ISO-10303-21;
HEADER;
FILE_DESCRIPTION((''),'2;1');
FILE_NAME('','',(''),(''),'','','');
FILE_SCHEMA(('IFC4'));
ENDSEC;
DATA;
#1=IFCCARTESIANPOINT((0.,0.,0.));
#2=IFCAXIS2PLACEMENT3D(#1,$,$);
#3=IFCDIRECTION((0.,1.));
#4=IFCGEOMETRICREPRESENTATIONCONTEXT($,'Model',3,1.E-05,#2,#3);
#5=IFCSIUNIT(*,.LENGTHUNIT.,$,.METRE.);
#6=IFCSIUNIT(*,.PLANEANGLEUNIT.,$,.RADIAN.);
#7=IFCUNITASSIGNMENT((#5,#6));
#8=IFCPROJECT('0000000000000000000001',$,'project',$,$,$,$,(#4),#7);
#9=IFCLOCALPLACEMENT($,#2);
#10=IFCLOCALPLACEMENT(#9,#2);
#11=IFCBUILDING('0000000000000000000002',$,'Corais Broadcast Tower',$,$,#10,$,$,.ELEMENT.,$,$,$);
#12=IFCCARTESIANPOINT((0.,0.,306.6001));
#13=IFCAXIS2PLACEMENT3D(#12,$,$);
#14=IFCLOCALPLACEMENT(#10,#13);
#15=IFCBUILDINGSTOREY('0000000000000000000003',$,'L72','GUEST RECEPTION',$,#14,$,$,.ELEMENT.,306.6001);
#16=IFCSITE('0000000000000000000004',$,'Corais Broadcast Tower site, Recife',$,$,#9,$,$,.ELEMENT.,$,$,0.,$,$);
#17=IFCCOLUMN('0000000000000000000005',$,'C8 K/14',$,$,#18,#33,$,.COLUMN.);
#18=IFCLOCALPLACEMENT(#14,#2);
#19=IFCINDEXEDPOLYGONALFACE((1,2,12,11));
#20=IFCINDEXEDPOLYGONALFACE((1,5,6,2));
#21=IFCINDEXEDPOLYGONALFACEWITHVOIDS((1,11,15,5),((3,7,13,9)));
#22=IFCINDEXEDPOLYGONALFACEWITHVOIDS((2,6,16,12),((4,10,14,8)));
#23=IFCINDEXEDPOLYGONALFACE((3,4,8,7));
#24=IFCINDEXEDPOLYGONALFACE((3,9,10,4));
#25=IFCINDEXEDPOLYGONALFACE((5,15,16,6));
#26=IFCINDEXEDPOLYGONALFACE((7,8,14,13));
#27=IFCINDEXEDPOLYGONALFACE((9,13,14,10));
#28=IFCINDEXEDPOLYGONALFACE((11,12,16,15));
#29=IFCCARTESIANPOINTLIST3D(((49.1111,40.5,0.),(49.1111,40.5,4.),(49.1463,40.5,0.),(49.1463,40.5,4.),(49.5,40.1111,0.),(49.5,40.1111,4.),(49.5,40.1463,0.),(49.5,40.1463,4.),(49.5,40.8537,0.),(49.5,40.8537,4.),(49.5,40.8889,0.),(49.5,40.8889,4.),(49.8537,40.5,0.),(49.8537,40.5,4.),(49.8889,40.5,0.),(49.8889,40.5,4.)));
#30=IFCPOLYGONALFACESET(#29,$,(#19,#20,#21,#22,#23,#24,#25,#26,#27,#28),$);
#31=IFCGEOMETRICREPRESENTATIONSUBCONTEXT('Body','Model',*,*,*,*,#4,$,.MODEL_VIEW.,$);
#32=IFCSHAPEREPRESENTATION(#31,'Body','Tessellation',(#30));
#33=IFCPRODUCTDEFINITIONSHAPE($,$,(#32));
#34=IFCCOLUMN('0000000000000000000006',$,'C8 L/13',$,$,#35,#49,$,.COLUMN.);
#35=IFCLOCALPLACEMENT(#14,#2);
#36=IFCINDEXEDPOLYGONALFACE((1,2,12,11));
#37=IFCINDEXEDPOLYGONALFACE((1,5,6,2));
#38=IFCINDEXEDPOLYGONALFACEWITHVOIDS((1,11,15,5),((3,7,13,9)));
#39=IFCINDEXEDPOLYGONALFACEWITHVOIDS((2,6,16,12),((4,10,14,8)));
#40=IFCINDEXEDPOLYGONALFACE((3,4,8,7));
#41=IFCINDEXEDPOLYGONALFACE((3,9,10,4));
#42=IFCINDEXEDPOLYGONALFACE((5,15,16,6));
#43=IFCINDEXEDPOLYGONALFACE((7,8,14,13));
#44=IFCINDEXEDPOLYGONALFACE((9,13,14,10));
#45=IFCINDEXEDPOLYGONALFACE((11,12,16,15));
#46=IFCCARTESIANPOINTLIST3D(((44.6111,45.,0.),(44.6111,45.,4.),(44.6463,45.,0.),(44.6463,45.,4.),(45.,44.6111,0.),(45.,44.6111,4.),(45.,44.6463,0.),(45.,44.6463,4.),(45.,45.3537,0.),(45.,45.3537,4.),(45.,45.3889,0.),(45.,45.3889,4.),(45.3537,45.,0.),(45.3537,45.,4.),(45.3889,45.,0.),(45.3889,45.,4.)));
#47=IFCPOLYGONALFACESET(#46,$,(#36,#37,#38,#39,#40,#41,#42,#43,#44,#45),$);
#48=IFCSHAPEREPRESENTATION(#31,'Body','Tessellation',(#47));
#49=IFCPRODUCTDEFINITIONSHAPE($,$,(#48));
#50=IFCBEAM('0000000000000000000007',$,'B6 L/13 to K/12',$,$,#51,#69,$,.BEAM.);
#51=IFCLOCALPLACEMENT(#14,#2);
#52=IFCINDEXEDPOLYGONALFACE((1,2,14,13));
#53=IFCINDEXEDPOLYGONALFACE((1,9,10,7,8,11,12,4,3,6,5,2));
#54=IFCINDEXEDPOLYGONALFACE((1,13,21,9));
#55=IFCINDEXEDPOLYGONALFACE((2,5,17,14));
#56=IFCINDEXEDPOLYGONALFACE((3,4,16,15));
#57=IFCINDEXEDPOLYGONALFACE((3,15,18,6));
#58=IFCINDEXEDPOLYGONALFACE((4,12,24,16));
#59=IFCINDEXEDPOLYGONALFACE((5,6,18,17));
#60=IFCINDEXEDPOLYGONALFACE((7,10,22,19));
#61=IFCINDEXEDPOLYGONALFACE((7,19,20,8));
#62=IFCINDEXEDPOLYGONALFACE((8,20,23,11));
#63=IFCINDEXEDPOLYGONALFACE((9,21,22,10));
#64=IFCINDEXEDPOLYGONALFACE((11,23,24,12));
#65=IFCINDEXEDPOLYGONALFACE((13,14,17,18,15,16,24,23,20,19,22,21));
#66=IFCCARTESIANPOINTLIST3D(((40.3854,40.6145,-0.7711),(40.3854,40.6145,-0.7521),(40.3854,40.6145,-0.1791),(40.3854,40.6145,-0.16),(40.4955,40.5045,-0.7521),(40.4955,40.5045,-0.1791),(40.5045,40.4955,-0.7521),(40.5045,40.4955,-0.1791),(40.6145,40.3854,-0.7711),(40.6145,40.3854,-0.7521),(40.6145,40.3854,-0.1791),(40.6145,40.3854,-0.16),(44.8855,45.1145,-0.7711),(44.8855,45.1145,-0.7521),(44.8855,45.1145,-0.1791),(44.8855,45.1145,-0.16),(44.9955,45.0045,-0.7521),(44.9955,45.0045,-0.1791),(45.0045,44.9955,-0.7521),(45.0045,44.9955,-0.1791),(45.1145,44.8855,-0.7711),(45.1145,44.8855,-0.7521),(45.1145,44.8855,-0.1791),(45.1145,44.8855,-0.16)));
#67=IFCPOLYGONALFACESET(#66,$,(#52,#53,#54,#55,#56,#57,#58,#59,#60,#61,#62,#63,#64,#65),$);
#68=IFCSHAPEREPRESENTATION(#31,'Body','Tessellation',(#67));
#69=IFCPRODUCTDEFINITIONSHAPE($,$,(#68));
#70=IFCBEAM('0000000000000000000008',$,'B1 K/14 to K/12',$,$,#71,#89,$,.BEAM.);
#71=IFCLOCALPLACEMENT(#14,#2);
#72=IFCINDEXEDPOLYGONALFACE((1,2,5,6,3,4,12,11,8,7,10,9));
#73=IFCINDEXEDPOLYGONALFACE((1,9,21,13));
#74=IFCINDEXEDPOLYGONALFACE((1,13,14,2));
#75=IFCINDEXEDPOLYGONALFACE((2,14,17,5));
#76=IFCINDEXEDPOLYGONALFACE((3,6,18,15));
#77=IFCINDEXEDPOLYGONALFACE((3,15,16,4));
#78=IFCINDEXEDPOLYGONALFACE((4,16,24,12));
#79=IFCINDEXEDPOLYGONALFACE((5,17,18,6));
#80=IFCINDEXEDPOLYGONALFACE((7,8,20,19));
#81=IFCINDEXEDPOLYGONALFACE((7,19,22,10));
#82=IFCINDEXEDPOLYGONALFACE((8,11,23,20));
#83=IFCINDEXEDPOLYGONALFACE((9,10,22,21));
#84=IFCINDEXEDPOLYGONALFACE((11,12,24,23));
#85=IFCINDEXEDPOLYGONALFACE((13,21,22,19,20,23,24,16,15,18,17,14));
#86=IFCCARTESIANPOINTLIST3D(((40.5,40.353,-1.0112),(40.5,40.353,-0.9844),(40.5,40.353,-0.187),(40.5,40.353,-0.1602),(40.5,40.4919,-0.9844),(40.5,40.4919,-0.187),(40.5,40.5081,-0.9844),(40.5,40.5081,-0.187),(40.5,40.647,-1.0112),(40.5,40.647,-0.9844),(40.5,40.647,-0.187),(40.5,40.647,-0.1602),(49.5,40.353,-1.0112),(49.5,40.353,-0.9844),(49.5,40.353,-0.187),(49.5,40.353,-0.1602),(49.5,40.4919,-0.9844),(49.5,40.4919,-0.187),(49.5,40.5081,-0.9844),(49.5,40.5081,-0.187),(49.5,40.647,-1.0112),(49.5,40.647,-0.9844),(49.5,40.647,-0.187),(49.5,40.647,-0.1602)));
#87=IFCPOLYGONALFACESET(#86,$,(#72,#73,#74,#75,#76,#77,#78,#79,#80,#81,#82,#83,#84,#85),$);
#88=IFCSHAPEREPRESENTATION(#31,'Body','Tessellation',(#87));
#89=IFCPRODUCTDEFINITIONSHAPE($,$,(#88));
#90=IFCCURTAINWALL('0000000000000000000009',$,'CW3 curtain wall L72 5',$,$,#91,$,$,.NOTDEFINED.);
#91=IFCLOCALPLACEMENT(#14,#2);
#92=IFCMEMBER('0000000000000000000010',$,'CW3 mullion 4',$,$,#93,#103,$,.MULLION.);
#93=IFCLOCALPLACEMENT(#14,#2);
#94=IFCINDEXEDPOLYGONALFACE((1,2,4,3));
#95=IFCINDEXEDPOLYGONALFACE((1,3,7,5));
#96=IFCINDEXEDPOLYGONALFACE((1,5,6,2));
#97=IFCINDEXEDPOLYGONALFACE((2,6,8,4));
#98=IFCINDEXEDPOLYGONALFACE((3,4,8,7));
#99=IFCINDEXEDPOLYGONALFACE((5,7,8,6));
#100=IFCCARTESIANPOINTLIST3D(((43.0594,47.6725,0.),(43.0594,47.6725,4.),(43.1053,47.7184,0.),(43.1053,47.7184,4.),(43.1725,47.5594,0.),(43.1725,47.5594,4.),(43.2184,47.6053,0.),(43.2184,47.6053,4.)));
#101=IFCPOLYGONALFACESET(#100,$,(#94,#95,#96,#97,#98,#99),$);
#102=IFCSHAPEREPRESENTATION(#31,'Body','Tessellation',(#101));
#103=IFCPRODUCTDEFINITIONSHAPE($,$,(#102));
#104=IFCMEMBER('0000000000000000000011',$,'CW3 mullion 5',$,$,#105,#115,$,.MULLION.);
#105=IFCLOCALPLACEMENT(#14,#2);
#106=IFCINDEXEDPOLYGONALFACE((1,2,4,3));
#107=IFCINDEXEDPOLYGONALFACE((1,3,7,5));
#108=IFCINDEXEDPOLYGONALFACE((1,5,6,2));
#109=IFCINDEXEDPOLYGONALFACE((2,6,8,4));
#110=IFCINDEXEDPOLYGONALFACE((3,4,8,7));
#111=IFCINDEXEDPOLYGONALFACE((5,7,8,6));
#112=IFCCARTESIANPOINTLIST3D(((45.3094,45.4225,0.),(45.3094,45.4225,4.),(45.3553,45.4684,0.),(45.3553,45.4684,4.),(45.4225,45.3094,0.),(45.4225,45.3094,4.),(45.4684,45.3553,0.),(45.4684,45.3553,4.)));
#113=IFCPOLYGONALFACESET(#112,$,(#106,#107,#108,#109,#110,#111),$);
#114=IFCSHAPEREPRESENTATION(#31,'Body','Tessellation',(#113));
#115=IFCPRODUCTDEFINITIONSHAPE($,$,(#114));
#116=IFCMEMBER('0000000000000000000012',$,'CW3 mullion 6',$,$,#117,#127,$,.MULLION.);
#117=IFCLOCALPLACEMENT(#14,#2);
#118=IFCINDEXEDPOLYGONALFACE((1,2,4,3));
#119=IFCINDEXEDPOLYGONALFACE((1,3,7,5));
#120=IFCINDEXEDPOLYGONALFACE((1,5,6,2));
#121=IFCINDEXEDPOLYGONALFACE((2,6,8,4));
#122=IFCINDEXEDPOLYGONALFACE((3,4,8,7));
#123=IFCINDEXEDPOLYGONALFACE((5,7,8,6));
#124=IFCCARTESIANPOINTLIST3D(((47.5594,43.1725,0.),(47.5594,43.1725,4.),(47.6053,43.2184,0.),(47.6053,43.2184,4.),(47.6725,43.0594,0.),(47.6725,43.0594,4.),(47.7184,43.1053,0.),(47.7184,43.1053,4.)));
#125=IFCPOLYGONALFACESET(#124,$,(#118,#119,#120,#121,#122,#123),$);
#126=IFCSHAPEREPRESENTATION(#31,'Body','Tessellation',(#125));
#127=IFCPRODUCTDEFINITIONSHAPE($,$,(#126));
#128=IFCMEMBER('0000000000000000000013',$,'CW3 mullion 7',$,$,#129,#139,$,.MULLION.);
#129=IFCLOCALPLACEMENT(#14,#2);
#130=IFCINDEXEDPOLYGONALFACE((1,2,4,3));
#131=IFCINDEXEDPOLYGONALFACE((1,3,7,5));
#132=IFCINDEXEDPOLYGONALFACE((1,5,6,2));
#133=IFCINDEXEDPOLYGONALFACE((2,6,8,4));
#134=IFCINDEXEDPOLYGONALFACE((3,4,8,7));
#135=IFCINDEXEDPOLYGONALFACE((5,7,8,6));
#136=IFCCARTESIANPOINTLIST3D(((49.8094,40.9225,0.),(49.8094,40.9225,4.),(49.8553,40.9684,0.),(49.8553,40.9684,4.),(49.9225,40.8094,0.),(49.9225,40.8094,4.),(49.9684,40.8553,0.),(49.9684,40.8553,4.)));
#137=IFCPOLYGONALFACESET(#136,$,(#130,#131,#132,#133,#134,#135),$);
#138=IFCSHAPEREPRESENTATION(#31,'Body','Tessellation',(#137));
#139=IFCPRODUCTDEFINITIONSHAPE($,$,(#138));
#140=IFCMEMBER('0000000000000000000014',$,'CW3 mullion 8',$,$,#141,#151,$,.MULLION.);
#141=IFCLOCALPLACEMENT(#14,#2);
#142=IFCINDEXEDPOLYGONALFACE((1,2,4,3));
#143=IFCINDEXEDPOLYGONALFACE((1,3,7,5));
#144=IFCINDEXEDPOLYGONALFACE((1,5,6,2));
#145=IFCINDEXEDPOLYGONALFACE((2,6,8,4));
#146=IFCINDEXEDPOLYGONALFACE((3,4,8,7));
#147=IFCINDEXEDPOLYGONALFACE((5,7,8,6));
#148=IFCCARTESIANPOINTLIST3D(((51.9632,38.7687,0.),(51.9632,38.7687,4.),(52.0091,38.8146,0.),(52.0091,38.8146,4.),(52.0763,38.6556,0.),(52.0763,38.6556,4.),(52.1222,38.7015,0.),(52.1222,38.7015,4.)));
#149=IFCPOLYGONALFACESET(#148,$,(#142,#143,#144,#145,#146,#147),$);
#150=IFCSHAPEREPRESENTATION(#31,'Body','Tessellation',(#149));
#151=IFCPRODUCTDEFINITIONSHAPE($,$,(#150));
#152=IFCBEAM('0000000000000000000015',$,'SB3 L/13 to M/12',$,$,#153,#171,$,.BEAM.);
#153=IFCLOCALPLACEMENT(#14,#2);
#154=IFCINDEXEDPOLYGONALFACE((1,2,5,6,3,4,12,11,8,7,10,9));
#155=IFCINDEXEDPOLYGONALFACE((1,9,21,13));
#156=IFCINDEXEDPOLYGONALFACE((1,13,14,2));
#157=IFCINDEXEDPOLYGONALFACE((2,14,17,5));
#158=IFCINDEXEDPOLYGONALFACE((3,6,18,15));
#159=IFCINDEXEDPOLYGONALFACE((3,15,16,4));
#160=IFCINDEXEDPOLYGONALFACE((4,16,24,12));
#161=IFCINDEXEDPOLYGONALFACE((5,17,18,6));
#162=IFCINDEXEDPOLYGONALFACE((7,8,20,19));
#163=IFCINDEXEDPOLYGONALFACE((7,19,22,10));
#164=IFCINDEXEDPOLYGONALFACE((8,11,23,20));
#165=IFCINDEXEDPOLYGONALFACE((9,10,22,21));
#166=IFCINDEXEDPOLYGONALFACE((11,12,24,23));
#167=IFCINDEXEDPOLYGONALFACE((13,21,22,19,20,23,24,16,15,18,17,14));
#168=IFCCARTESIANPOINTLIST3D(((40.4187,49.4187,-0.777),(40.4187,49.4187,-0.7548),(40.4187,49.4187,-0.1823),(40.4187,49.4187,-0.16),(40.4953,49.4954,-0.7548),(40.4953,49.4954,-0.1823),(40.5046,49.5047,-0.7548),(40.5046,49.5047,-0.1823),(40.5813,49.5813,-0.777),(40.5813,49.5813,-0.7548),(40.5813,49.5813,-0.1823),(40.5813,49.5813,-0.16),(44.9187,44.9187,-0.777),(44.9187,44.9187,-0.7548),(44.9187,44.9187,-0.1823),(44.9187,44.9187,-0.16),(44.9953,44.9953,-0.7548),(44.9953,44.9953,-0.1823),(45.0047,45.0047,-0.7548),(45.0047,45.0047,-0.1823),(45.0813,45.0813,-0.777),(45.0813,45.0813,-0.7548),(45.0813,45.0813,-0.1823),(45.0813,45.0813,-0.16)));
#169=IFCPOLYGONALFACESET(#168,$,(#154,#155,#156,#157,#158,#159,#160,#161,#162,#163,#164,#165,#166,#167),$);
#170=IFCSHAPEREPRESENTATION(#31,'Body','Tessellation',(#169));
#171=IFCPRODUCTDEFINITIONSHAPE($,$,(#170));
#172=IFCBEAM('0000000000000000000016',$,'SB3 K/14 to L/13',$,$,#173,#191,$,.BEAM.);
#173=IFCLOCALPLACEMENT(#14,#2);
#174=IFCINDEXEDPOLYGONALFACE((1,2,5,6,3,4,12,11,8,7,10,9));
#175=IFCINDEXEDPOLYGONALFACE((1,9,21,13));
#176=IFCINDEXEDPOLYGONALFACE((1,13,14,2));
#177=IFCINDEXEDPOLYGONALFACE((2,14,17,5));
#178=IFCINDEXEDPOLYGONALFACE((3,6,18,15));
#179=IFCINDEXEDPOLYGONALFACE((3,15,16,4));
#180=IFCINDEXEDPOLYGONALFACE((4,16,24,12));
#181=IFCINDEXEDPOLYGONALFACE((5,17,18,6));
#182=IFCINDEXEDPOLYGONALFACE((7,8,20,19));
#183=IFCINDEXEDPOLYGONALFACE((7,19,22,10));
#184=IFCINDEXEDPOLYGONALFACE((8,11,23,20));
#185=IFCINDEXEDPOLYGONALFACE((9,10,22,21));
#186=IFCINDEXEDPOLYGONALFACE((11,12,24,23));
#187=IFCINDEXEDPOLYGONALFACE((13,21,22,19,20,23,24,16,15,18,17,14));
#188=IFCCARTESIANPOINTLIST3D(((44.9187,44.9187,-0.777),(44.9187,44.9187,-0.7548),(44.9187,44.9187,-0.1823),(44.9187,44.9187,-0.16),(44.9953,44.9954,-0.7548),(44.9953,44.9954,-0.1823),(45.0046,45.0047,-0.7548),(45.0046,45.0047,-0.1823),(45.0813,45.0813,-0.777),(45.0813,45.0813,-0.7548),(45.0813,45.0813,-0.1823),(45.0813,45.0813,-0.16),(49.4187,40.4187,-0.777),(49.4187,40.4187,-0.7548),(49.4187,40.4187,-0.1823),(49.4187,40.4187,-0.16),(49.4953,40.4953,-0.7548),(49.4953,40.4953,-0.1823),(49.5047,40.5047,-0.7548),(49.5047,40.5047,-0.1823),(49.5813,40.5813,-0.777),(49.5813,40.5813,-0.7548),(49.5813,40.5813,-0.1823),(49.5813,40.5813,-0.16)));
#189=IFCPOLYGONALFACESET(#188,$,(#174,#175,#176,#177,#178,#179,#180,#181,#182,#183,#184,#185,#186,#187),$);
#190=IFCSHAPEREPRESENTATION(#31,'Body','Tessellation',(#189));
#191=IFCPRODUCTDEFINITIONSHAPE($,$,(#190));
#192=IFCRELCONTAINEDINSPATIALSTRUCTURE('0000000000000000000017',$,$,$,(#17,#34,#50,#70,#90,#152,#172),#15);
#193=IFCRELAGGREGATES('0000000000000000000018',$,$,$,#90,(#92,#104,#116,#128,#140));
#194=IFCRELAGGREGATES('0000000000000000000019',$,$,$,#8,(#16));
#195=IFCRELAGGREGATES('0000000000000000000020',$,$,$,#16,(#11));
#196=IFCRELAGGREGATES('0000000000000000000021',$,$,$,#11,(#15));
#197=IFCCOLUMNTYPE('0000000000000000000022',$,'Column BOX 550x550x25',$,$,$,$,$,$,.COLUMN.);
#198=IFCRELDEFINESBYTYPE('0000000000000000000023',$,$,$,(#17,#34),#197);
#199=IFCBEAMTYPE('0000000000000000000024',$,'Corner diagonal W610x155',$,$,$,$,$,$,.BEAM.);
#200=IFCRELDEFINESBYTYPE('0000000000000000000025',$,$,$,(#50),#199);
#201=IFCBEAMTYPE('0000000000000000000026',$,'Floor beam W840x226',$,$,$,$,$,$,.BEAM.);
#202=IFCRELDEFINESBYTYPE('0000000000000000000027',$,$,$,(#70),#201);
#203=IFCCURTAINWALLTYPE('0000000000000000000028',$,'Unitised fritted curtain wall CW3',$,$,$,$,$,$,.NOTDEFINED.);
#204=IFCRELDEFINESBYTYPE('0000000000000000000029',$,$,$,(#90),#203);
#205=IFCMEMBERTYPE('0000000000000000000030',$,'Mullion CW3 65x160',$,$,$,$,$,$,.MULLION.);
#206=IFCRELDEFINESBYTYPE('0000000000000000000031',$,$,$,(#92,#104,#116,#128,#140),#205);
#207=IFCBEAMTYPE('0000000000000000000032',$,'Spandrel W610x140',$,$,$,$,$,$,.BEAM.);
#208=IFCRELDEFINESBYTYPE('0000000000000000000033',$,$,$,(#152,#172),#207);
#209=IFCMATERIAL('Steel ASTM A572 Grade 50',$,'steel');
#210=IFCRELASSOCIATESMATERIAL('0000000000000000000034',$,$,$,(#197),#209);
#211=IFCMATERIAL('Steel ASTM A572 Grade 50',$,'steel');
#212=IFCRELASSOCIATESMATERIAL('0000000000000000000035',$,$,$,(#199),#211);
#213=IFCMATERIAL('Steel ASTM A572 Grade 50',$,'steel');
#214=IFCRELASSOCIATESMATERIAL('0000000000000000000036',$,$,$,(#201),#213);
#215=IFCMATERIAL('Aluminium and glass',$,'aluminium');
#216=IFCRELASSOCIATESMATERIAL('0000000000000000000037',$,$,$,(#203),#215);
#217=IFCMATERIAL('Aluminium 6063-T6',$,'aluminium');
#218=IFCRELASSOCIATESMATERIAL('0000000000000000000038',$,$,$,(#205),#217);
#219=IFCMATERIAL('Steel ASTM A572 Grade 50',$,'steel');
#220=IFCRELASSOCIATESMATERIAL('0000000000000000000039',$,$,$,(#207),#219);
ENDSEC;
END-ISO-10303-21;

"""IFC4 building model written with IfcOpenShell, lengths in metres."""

from ifc_helpers import new_model, si_unit, direction, frame, origin, origin_2d, place, context, subcontext, project, spatial, rectangle, hollow_rectangle, i_section, extrude, material, material_profile, profile_set, type_object, element, aggregate, save


model = new_model("IFC4")

# Units and contexts
model_context = context("Model", 3, precision=1e-05, world=origin(), true_north=direction((0.0, 1.0)))
body_context = subcontext(model_context, "Body", "Model", "MODEL_VIEW")
ifc_project = project(units=[si_unit("LENGTHUNIT", "METRE"), si_unit("PLANEANGLEUNIT", "RADIAN")], contexts=[model_context])

# Site, building, storey
site_placement = place(None, origin())
site = spatial("IfcSite", under=ifc_project, at=site_placement, Name="Corais Broadcast Tower site, Recife", CompositionType="ELEMENT", RefElevation=0.0)
building_placement = place(site_placement, origin())
building = spatial("IfcBuilding", under=site, at=building_placement, Name="Corais Broadcast Tower", CompositionType="ELEMENT")
storey_placement = place(building_placement, frame((0.0, 0.0, 306.6001)))
storey = spatial("IfcBuildingStorey", under=building, at=storey_placement, Name="L72", Description="GUEST RECEPTION", CompositionType="ELEMENT", Elevation=306.6001)

# Columns
ifc_material_1 = material(Name="Steel ASTM A572 Grade 50", Category="steel")
ifc_material_profile_1 = material_profile(ifc_material_1, hollow_rectangle(XDim=0.55, YDim=0.55, WallThickness=0.0249, at=origin_2d()), Name="BOX 550x550x25")
ifc_profile_set_1 = profile_set([ifc_material_profile_1], Name="Steel ASTM A572 Grade 50")
column_type = type_object("IfcColumnType", Name="Column BOX 550x550x25", PredefinedType="COLUMN", material=ifc_profile_set_1)
for number, where, z_axis, x_axis, name in (
    (1, (49.5, 40.5, 0.0), (0.0, 0.0, 1.0), (0.707107, 0.707107, 0.0), "C8 K/14"),
    (2, (45.0, 45.0, 0.0), (0.0, 0.0, 1.0), (0.707107, 0.707107, 0.0), "C8 L/13"),
):
    element("IfcColumn", number, at=place(storey_placement, frame(where, z_axis=z_axis, x_axis=x_axis)), inside=storey, type_object=column_type, Name=name, PredefinedType="COLUMN", context=body_context, shape_type="SweptSolid", body=[
        extrude(hollow_rectangle(XDim=0.55, YDim=0.55, WallThickness=0.0249, at=origin_2d()), origin(), (0.0, 0.0, 1.0), 4.0),
    ])

# Beams
ifc_material_2 = material(Name="Steel ASTM A572 Grade 50", Category="steel")
ifc_material_profile_2 = material_profile(ifc_material_2, i_section(OverallWidth=0.324, OverallDepth=0.6111, WebThickness=0.0127, FlangeThickness=0.019, at=origin_2d()), Name="W610x155")
ifc_profile_set_2 = profile_set([ifc_material_profile_2], Name="Steel ASTM A572 Grade 50")
beam_type_1 = type_object("IfcBeamType", Name="Corner diagonal W610x155", PredefinedType="BEAM", material=ifc_profile_set_2)
beam_1_placement = place(storey_placement, frame((45.0, 45.0, -0.4656), z_axis=(-0.707107, -0.707107, 0.0), x_axis=(0.707107, -0.707107, 0.0)))
element("IfcBeam", 3, at=beam_1_placement, inside=storey, type_object=beam_type_1, Name="B6 L/13 to K/12", PredefinedType="BEAM", context=body_context, shape_type="SweptSolid", body=[
    extrude(i_section(OverallWidth=0.324, OverallDepth=0.6111, WebThickness=0.0127, FlangeThickness=0.019, at=origin_2d()), origin(), (0.0, 0.0, 1.0), 6.364),
])
ifc_material_3 = material(Name="Steel ASTM A572 Grade 50", Category="steel")
ifc_material_profile_3 = material_profile(ifc_material_3, i_section(OverallWidth=0.2939, OverallDepth=0.8511, WebThickness=0.0161, FlangeThickness=0.0269, at=origin_2d()), Name="W840x226")
ifc_profile_set_3 = profile_set([ifc_material_profile_3], Name="Steel ASTM A572 Grade 50")
beam_type_2 = type_object("IfcBeamType", Name="Floor beam W840x226", PredefinedType="BEAM", material=ifc_profile_set_3)
beam_2_placement = place(storey_placement, frame((49.5, 40.5, -0.5857), z_axis=(-1.0, 0.0, 0.0), x_axis=(0.0, -1.0, 0.0)))
element("IfcBeam", 4, at=beam_2_placement, inside=storey, type_object=beam_type_2, Name="B1 K/14 to K/12", PredefinedType="BEAM", context=body_context, shape_type="SweptSolid", body=[
    extrude(i_section(OverallWidth=0.2939, OverallDepth=0.8511, WebThickness=0.0161, FlangeThickness=0.0269, at=origin_2d()), origin(), (0.0, 0.0, 1.0), 9.0),
])

# Curtain wall, members
ifc_material_4 = material(Name="Aluminium and glass", Category="aluminium")
curtain_wall_type = type_object("IfcCurtainWallType", Name="Unitised fritted curtain wall CW3", PredefinedType="NOTDEFINED", material=ifc_material_4)
curtain_wall_placement = place(storey_placement, origin())
curtain_wall = element("IfcCurtainWall", 5, at=curtain_wall_placement, inside=storey, type_object=curtain_wall_type, Name="CW3 curtain wall L72 5", PredefinedType="NOTDEFINED")
ifc_material_5 = material(Name="Aluminium 6063-T6", Category="aluminium")
ifc_material_profile_4 = material_profile(ifc_material_5, rectangle(XDim=0.0649, YDim=0.1599, at=origin_2d()), Name="Mullion CW3 65x160")
ifc_profile_set_4 = profile_set([ifc_material_profile_4], Name="Aluminium 6063-T6")
member_type_1 = type_object("IfcMemberType", Name="Mullion CW3 65x160", PredefinedType="MULLION", material=ifc_profile_set_4)
member_1_placement = place(storey_placement, frame((43.1389, 47.6389, 0.0), z_axis=(0.0, 0.0, 1.0), x_axis=(0.707107, 0.707107, 0.0)))
member_1 = element("IfcMember", 6, at=member_1_placement, type_object=member_type_1, Name="CW3 mullion 4", PredefinedType="MULLION", context=body_context, shape_type="SweptSolid", body=[
    extrude(rectangle(XDim=0.0649, YDim=0.1599, at=origin_2d()), origin(), (0.0, 0.0, 1.0), 4.0),
])
member_2_placement = place(storey_placement, frame((45.3889, 45.3889, 0.0), z_axis=(0.0, 0.0, 1.0), x_axis=(0.707107, 0.707107, 0.0)))
member_2 = element("IfcMember", 7, at=member_2_placement, type_object=member_type_1, Name="CW3 mullion 5", PredefinedType="MULLION", context=body_context, shape_type="SweptSolid", body=[
    extrude(rectangle(XDim=0.0649, YDim=0.1599, at=origin_2d()), origin(), (0.0, 0.0, 1.0), 4.0),
])
member_3_placement = place(storey_placement, frame((47.6389, 43.1389, 0.0), z_axis=(0.0, 0.0, 1.0), x_axis=(0.707107, 0.707107, 0.0)))
member_3 = element("IfcMember", 8, at=member_3_placement, type_object=member_type_1, Name="CW3 mullion 6", PredefinedType="MULLION", context=body_context, shape_type="SweptSolid", body=[
    extrude(rectangle(XDim=0.0649, YDim=0.1599, at=origin_2d()), origin(), (0.0, 0.0, 1.0), 4.0),
])
member_4_placement = place(storey_placement, frame((49.8889, 40.8889, 0.0), z_axis=(0.0, 0.0, 1.0), x_axis=(0.707107, 0.707107, 0.0)))
member_4 = element("IfcMember", 9, at=member_4_placement, type_object=member_type_1, Name="CW3 mullion 7", PredefinedType="MULLION", context=body_context, shape_type="SweptSolid", body=[
    extrude(rectangle(XDim=0.0649, YDim=0.1599, at=origin_2d()), origin(), (0.0, 0.0, 1.0), 4.0),
])
member_5_placement = place(storey_placement, frame((52.0427, 38.7351, 0.0), z_axis=(0.0, 0.0, 1.0), x_axis=(0.707107, 0.707107, 0.0)))
member_5 = element("IfcMember", 10, at=member_5_placement, type_object=member_type_1, Name="CW3 mullion 8", PredefinedType="MULLION", context=body_context, shape_type="SweptSolid", body=[
    extrude(rectangle(XDim=0.0649, YDim=0.1599, at=origin_2d()), origin(), (0.0, 0.0, 1.0), 4.0),
])

# Beams
ifc_material_6 = material(Name="Steel ASTM A572 Grade 50", Category="steel")
ifc_material_profile_5 = material_profile(ifc_material_6, i_section(OverallWidth=0.23, OverallDepth=0.6169, WebThickness=0.0132, FlangeThickness=0.0222, at=origin_2d()), Name="W610x140")
ifc_profile_set_5 = profile_set([ifc_material_profile_5], Name="Steel ASTM A572 Grade 50")
beam_type_3 = type_object("IfcBeamType", Name="Spandrel W610x140", PredefinedType="BEAM", material=ifc_profile_set_5)
for number, where, z_axis, x_axis, name in (
    (11, (45.0, 45.0, -0.4685), (-0.707107, 0.707107, 0.0), (-0.707107, -0.707107, 0.0), "SB3 L/13 to M/12"),
    (12, (49.5, 40.5, -0.4685), (-0.707107, 0.707107, 0.0), (-0.707107, -0.707107, 0.0), "SB3 K/14 to L/13"),
):
    element("IfcBeam", number, at=place(storey_placement, frame(where, z_axis=z_axis, x_axis=x_axis)), inside=storey, type_object=beam_type_3, Name=name, PredefinedType="BEAM", context=body_context, shape_type="SweptSolid", body=[
        extrude(i_section(OverallWidth=0.23, OverallDepth=0.6169, WebThickness=0.0132, FlangeThickness=0.0222, at=origin_2d()), origin(), (0.0, 0.0, 1.0), 6.364),
    ])

aggregate(curtain_wall, [member_1, member_2, member_3, member_4, member_5])

save(model, "model.ifc")
